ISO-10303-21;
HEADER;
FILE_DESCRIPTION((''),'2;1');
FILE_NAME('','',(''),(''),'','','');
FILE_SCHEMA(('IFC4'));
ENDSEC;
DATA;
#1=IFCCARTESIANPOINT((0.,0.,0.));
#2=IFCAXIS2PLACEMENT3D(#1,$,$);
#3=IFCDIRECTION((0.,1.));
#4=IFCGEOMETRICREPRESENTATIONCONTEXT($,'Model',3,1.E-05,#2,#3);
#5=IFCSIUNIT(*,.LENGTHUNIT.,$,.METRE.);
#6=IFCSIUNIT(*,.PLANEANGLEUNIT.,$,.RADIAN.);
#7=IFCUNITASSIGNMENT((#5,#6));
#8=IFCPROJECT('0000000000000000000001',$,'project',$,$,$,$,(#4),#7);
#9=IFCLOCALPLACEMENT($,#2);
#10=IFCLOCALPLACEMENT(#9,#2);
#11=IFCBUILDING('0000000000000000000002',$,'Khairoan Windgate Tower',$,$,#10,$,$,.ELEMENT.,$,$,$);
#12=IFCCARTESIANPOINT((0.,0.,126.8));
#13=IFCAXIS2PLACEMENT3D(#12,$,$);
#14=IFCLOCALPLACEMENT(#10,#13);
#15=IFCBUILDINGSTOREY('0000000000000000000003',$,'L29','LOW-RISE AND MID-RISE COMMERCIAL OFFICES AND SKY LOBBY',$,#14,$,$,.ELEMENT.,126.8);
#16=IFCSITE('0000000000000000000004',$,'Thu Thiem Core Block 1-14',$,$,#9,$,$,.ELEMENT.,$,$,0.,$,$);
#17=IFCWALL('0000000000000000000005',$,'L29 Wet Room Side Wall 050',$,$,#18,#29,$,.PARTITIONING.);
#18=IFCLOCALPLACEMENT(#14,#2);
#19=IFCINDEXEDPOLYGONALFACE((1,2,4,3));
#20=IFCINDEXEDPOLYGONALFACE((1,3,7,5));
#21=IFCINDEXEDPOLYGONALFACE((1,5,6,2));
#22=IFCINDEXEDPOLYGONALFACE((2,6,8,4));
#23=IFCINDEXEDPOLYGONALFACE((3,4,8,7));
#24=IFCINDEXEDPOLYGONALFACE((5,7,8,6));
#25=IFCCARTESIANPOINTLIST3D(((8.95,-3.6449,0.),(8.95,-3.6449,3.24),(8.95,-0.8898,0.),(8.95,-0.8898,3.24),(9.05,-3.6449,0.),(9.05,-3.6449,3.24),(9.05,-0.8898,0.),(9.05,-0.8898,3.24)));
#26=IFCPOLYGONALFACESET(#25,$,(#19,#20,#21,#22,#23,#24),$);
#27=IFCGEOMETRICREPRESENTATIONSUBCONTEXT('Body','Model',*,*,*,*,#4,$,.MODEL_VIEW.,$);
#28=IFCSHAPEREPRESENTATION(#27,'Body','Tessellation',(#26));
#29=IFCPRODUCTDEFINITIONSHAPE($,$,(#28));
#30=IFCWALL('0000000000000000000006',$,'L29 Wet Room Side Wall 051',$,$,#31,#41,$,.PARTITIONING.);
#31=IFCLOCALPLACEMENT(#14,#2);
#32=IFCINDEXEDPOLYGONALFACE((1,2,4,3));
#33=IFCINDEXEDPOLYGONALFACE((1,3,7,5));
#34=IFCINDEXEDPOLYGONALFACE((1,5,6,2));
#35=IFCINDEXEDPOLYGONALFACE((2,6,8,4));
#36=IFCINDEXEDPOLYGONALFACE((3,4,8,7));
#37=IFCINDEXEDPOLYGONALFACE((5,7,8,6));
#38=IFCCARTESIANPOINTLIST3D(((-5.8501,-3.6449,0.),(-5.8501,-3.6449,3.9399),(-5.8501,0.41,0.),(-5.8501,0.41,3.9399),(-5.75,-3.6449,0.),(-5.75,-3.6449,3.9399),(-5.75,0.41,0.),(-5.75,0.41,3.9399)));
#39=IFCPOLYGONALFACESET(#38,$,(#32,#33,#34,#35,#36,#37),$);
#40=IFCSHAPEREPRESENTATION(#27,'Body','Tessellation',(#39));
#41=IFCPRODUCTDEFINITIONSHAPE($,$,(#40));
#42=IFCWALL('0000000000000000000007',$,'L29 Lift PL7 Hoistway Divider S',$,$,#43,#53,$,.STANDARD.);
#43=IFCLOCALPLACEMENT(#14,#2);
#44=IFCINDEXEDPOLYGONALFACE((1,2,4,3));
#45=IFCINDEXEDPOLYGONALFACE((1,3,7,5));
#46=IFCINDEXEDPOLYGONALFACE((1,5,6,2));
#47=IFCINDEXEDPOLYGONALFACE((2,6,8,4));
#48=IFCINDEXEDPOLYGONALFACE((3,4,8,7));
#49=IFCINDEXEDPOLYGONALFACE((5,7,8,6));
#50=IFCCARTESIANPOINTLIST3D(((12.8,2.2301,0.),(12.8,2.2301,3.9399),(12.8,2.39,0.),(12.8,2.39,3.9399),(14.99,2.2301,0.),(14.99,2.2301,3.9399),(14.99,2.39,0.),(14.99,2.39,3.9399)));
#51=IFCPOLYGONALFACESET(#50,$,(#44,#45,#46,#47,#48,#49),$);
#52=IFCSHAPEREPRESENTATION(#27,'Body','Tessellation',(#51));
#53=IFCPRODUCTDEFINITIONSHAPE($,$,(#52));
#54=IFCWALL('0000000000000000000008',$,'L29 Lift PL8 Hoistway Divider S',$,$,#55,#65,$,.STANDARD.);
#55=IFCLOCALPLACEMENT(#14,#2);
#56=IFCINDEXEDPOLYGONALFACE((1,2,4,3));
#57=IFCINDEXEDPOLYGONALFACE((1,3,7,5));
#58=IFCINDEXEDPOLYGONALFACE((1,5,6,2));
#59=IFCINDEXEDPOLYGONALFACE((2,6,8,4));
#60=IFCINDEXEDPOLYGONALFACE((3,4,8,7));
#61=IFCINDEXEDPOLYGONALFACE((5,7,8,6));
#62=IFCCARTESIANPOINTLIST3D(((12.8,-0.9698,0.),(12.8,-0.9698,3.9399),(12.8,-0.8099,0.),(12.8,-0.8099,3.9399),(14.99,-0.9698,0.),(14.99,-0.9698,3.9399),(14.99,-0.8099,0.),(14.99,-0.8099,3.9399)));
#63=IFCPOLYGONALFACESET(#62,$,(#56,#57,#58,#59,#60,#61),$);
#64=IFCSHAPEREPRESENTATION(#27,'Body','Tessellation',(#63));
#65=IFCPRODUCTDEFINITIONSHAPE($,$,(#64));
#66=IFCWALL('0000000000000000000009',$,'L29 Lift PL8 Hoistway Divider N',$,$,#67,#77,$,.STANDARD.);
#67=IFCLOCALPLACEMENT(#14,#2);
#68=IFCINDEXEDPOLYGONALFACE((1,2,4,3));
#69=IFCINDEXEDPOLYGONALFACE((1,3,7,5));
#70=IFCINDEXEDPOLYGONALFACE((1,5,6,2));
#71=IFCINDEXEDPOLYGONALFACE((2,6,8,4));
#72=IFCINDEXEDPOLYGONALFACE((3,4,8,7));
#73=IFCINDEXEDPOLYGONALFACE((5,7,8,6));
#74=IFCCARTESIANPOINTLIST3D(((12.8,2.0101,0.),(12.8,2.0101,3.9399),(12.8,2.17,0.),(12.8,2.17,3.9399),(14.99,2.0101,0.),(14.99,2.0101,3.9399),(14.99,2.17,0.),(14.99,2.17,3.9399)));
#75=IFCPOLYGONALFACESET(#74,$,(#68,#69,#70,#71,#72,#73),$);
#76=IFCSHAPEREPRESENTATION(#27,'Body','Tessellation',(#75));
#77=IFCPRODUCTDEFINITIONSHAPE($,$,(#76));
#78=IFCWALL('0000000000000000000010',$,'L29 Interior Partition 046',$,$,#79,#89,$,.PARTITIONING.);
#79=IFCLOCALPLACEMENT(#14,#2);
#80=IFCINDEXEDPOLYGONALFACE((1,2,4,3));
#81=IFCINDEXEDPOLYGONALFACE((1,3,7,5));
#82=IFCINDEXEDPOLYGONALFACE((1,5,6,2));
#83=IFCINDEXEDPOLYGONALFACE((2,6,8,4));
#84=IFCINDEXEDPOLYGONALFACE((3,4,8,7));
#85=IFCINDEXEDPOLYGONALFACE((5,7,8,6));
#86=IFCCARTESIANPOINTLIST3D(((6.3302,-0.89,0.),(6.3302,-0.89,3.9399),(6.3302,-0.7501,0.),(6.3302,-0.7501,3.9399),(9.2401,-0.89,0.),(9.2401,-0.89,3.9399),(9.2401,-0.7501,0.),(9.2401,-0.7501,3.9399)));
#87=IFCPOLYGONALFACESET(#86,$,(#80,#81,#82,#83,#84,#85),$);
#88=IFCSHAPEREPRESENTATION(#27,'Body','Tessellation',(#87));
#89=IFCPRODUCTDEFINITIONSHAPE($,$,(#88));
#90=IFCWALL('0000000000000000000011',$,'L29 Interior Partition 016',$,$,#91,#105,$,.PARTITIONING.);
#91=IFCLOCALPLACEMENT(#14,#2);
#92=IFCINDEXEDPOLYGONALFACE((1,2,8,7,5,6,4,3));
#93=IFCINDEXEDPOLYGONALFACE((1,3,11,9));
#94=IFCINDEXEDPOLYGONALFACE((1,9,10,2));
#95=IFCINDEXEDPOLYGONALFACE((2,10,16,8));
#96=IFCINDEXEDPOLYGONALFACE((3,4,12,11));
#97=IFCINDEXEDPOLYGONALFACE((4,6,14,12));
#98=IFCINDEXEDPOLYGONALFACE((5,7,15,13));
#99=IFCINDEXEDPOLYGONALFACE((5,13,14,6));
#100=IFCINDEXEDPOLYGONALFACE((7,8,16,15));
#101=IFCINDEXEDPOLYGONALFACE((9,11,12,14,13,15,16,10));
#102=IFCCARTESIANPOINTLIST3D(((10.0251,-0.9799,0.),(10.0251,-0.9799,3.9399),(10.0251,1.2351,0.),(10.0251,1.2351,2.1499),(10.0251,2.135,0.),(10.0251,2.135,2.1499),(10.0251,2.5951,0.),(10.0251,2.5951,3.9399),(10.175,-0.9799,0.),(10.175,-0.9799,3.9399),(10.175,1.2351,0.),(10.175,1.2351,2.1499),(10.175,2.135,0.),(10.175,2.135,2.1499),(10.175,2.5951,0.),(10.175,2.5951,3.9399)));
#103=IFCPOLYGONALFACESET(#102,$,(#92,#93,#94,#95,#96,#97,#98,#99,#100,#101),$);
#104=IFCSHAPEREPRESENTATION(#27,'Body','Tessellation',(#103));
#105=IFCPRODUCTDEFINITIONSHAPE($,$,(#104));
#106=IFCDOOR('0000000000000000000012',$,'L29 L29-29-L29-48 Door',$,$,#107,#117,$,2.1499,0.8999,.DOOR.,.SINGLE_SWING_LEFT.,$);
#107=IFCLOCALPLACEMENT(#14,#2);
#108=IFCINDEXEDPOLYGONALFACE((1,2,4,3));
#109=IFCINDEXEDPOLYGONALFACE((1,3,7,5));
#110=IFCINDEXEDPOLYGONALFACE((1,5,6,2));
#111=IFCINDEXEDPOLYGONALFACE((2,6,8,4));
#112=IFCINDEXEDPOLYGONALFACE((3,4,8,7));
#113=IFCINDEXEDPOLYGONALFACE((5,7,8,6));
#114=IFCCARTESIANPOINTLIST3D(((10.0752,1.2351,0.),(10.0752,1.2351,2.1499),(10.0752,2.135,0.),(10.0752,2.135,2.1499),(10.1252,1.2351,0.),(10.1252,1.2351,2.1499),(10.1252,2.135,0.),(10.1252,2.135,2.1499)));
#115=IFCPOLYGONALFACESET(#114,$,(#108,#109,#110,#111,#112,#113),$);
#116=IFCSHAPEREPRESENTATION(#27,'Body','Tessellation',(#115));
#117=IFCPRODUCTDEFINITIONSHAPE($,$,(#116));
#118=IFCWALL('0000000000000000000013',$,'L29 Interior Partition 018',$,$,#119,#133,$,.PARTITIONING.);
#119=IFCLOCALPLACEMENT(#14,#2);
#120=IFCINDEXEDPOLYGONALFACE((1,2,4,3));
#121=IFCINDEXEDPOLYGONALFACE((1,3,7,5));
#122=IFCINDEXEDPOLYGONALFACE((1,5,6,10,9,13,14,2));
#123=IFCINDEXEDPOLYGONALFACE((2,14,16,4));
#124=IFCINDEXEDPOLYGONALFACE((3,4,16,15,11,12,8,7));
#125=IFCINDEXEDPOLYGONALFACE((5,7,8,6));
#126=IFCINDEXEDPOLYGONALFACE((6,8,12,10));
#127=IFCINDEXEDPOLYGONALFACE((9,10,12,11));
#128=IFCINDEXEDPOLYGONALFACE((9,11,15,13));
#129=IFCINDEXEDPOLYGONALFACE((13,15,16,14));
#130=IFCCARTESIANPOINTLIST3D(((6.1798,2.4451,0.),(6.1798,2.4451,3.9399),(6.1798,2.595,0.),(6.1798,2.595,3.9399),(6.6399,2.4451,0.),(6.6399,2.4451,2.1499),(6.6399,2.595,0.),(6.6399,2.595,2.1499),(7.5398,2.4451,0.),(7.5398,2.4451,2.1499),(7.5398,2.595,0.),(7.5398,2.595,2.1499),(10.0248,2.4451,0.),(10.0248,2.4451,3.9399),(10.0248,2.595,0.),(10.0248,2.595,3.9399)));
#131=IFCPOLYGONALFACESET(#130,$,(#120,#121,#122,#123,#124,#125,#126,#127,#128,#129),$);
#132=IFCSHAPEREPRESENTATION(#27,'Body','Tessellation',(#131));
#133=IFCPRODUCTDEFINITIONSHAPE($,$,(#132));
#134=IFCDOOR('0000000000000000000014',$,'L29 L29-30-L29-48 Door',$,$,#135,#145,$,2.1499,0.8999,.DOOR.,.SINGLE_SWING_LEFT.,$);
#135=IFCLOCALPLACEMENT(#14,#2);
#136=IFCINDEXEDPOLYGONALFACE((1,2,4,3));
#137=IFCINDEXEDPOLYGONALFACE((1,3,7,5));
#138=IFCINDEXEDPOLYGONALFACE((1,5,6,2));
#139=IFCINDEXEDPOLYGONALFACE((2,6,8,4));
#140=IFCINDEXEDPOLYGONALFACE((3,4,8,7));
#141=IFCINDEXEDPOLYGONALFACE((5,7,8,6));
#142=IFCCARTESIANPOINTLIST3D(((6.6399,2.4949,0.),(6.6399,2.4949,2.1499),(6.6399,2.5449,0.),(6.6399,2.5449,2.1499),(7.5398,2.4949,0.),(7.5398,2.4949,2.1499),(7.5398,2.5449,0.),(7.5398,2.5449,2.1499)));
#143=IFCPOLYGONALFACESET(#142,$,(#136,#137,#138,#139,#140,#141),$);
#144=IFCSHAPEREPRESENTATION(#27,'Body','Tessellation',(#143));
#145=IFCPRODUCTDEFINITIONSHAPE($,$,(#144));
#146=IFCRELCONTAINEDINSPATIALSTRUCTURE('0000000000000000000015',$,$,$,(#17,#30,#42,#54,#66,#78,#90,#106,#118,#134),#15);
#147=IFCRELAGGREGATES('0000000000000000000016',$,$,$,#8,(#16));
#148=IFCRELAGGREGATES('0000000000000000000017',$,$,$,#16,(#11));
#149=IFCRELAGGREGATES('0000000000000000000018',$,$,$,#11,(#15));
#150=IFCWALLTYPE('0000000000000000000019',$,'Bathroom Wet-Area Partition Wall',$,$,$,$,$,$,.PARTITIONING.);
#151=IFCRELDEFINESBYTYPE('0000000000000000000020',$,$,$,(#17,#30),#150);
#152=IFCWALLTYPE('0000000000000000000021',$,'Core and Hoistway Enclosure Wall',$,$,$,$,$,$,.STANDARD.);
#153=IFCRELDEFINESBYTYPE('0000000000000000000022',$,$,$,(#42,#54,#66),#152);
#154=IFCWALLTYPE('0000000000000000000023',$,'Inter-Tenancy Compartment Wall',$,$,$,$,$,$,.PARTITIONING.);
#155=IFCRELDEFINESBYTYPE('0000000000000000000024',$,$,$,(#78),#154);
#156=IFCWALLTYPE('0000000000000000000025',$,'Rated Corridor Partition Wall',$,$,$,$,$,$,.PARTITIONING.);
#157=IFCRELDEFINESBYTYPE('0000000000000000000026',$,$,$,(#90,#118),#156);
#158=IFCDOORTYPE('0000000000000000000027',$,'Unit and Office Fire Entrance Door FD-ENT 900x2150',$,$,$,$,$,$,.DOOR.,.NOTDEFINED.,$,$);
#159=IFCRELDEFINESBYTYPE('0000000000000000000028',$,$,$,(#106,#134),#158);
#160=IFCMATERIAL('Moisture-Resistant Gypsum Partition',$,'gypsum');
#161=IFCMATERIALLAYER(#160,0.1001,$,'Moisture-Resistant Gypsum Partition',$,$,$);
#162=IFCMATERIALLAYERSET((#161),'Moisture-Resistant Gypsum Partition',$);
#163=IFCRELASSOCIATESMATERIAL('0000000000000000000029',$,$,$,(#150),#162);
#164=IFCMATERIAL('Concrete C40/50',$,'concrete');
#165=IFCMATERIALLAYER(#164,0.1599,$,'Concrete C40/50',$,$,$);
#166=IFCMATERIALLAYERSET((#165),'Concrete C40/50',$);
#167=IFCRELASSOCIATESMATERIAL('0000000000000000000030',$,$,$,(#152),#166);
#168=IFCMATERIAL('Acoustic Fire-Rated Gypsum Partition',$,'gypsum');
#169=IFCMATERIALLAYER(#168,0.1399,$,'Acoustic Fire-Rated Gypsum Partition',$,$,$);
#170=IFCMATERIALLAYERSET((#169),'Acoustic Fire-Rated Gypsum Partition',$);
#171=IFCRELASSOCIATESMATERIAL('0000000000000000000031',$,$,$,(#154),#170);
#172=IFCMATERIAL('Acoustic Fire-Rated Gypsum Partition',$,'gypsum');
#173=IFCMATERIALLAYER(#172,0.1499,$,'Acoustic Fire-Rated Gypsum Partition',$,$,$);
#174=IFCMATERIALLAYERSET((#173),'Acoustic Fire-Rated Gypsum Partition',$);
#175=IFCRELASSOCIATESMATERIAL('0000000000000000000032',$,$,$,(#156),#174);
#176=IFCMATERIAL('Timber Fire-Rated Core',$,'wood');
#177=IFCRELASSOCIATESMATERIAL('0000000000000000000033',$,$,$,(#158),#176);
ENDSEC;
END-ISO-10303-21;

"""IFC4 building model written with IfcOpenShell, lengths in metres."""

from ifc_helpers import new_model, si_unit, direction, frame, frame_2d, origin, place, context, subcontext, project, spatial, rectangle, extrude, material, layer, layer_set, type_object, element, fill, save


model = new_model("IFC4")

# Units and contexts
model_context = context("Model", 3, precision=1e-05, world=origin(), true_north=direction((0.0, 1.0)))
body_context = subcontext(model_context, "Body", "Model", "MODEL_VIEW")
ifc_project = project(units=[si_unit("LENGTHUNIT", "METRE"), si_unit("PLANEANGLEUNIT", "RADIAN")], contexts=[model_context])

# Site, building, storey
site_placement = place(None, origin())
site = spatial("IfcSite", under=ifc_project, at=site_placement, Name="Thu Thiem Core Block 1-14", CompositionType="ELEMENT", RefElevation=0.0)
building_placement = place(site_placement, origin())
building = spatial("IfcBuilding", under=site, at=building_placement, Name="Khairoan Windgate Tower", CompositionType="ELEMENT")
storey_placement = place(building_placement, frame((0.0, 0.0, 126.8)))
storey = spatial("IfcBuildingStorey", under=building, at=storey_placement, Name="L29", Description="LOW-RISE AND MID-RISE COMMERCIAL OFFICES AND SKY LOBBY", CompositionType="ELEMENT", Elevation=126.8)

# Walls
ifc_material_1 = material(Name="Moisture-Resistant Gypsum Partition", Category="gypsum")
ifc_layer_1 = layer(ifc_material_1, 0.1001, Name="Moisture-Resistant Gypsum Partition")
ifc_layer_set_1 = layer_set([ifc_layer_1], Name="Moisture-Resistant Gypsum Partition")
wall_type_1 = type_object("IfcWallType", Name="Bathroom Wet-Area Partition Wall", PredefinedType="PARTITIONING", material=ifc_layer_set_1)
wall_1_placement = place(storey_placement, frame((9.0, -0.8899, 0.0), z_axis=(0.0, 0.0, 1.0), x_axis=(0.0, -1.0, 0.0)))
element("IfcWall", 1, at=wall_1_placement, inside=storey, type_object=wall_type_1, Name="L29 Wet Room Side Wall 050", PredefinedType="PARTITIONING", context=body_context, shape_type="SweptSolid", body=[
    extrude(rectangle(XDim=2.7551, YDim=0.1001, at=frame_2d((1.3774, 0.0))), origin(), (0.0, 0.0, 1.0), 3.24),
])
wall_2_placement = place(storey_placement, frame((-5.8, 0.4099, 0.0), z_axis=(0.0, 0.0, 1.0), x_axis=(0.0, -1.0, 0.0)))
element("IfcWall", 2, at=wall_2_placement, inside=storey, type_object=wall_type_1, Name="L29 Wet Room Side Wall 051", PredefinedType="PARTITIONING", context=body_context, shape_type="SweptSolid", body=[
    extrude(rectangle(XDim=4.0549, YDim=0.1001, at=frame_2d((2.0273, 0.0))), origin(), (0.0, 0.0, 1.0), 3.9399),
])
ifc_material_2 = material(Name="Concrete C40/50", Category="concrete")
ifc_layer_2 = layer(ifc_material_2, 0.1599, Name="Concrete C40/50")
ifc_layer_set_2 = layer_set([ifc_layer_2], Name="Concrete C40/50")
wall_type_2 = type_object("IfcWallType", Name="Core and Hoistway Enclosure Wall", PredefinedType="STANDARD", material=ifc_layer_set_2)
for number, where, z_axis, x_axis, name in (
    (3, (12.8, 2.3101, 0.0), (0.0, 0.0, 1.0), (1.0, 0.0, 0.0), "L29 Lift PL7 Hoistway Divider S"),
    (4, (12.8, -0.8899, 0.0), (0.0, 0.0, 1.0), (1.0, 0.0, 0.0), "L29 Lift PL8 Hoistway Divider S"),
    (5, (12.8, 2.0901, 0.0), (0.0, 0.0, 1.0), (1.0, 0.0, 0.0), "L29 Lift PL8 Hoistway Divider N"),
):
    element("IfcWall", number, at=place(storey_placement, frame(where, z_axis=z_axis, x_axis=x_axis)), inside=storey, type_object=wall_type_2, Name=name, PredefinedType="STANDARD", context=body_context, shape_type="SweptSolid", body=[
        extrude(rectangle(XDim=2.1899, YDim=0.1599, at=frame_2d((1.095, 0.0))), origin(), (0.0, 0.0, 1.0), 3.9399),
    ])
ifc_material_3 = material(Name="Acoustic Fire-Rated Gypsum Partition", Category="gypsum")
ifc_layer_3 = layer(ifc_material_3, 0.1399, Name="Acoustic Fire-Rated Gypsum Partition")
ifc_layer_set_3 = layer_set([ifc_layer_3], Name="Acoustic Fire-Rated Gypsum Partition")
wall_type_3 = type_object("IfcWallType", Name="Inter-Tenancy Compartment Wall", PredefinedType="PARTITIONING", material=ifc_layer_set_3)
wall_3_placement = place(storey_placement, frame((6.3301, -0.8201, 0.0), z_axis=(0.0, 0.0, 1.0), x_axis=(1.0, 0.0, 0.0)))
element("IfcWall", 6, at=wall_3_placement, inside=storey, type_object=wall_type_3, Name="L29 Interior Partition 046", PredefinedType="PARTITIONING", context=body_context, shape_type="SweptSolid", body=[
    extrude(rectangle(XDim=2.9099, YDim=0.1399, at=frame_2d((1.4551, 0.0))), origin(), (0.0, 0.0, 1.0), 3.9399),
])

# Walls, openings, doors
ifc_material_4 = material(Name="Acoustic Fire-Rated Gypsum Partition", Category="gypsum")
ifc_layer_4 = layer(ifc_material_4, 0.1499, Name="Acoustic Fire-Rated Gypsum Partition")
ifc_layer_set_4 = layer_set([ifc_layer_4], Name="Acoustic Fire-Rated Gypsum Partition")
wall_type_4 = type_object("IfcWallType", Name="Rated Corridor Partition Wall", PredefinedType="PARTITIONING", material=ifc_layer_set_4)
wall_4_placement = place(storey_placement, frame((10.1001, -0.98, 0.0), z_axis=(0.0, 0.0, 1.0), x_axis=(0.0, 1.0, 0.0)))
wall_4 = element("IfcWall", 7, at=wall_4_placement, inside=storey, type_object=wall_type_4, Name="L29 Interior Partition 016", PredefinedType="PARTITIONING", context=body_context, shape_type="SweptSolid", body=[
    extrude(rectangle(XDim=3.575, YDim=0.1499, at=frame_2d((1.7876, 0.0))), origin(), (0.0, 0.0, 1.0), 3.9399),
])
opening_1_placement = place(wall_4_placement, frame((2.2151, 0.0, 0.0)))
opening_1 = element("IfcOpeningElement", 8, at=opening_1_placement, cuts=wall_4, PredefinedType="OPENING", context=body_context, shape_type="SweptSolid", body=[
    extrude(rectangle(XDim=0.8999, YDim=2.1499, at=frame_2d((0.45, 1.075))), frame((0.0, 0.085, 0.0), z_axis=(0.0, -1.0, 0.0), x_axis=(1.0, 0.0, 0.0)), (0.0, 0.0, 1.0), 0.1699),
])
ifc_material_5 = material(Name="Timber Fire-Rated Core", Category="wood")
door_type = type_object("IfcDoorType", Name="Unit and Office Fire Entrance Door FD-ENT 900x2150", OperationType="NOTDEFINED", PredefinedType="DOOR", material=ifc_material_5)
door_1_placement = place(opening_1_placement, origin())
door_1 = element("IfcDoor", 9, at=door_1_placement, inside=storey, type_object=door_type, Name="L29 L29-29-L29-48 Door", OperationType="SINGLE_SWING_LEFT", OverallHeight=2.1499, OverallWidth=0.8999, PredefinedType="DOOR", context=body_context, shape_type="SweptSolid", body=[
    extrude(rectangle(XDim=0.8999, YDim=2.1499, at=frame_2d((0.45, 1.075))), frame((0.0, 0.0249, 0.0), z_axis=(0.0, -1.0, 0.0), x_axis=(1.0, 0.0, 0.0)), (0.0, 0.0, 1.0), 0.05),
])
fill(opening_1, door_1)
wall_5_placement = place(storey_placement, frame((6.1799, 2.52, 0.0), z_axis=(0.0, 0.0, 1.0), x_axis=(1.0, 0.0, 0.0)))
wall_5 = element("IfcWall", 10, at=wall_5_placement, inside=storey, type_object=wall_type_4, Name="L29 Interior Partition 018", PredefinedType="PARTITIONING", context=body_context, shape_type="SweptSolid", body=[
    extrude(rectangle(XDim=3.845, YDim=0.1499, at=frame_2d((1.9224, 0.0))), origin(), (0.0, 0.0, 1.0), 3.9399),
])
opening_2_placement = place(wall_5_placement, frame((0.46, 0.0, 0.0)))
opening_2 = element("IfcOpeningElement", 11, at=opening_2_placement, cuts=wall_5, PredefinedType="OPENING", context=body_context, shape_type="SweptSolid", body=[
    extrude(rectangle(XDim=0.8999, YDim=2.1499, at=frame_2d((0.45, 1.075))), frame((0.0, 0.085, 0.0), z_axis=(0.0, -1.0, 0.0), x_axis=(1.0, 0.0, 0.0)), (0.0, 0.0, 1.0), 0.1699),
])
door_2_placement = place(opening_2_placement, origin())
door_2 = element("IfcDoor", 12, at=door_2_placement, inside=storey, type_object=door_type, Name="L29 L29-30-L29-48 Door", OperationType="SINGLE_SWING_LEFT", OverallHeight=2.1499, OverallWidth=0.8999, PredefinedType="DOOR", context=body_context, shape_type="SweptSolid", body=[
    extrude(rectangle(XDim=0.8999, YDim=2.1499, at=frame_2d((0.45, 1.075))), frame((0.0, 0.0249, 0.0), z_axis=(0.0, -1.0, 0.0), x_axis=(1.0, 0.0, 0.0)), (0.0, 0.0, 1.0), 0.05),
])
fill(opening_2, door_2)

save(model, "model.ifc")
